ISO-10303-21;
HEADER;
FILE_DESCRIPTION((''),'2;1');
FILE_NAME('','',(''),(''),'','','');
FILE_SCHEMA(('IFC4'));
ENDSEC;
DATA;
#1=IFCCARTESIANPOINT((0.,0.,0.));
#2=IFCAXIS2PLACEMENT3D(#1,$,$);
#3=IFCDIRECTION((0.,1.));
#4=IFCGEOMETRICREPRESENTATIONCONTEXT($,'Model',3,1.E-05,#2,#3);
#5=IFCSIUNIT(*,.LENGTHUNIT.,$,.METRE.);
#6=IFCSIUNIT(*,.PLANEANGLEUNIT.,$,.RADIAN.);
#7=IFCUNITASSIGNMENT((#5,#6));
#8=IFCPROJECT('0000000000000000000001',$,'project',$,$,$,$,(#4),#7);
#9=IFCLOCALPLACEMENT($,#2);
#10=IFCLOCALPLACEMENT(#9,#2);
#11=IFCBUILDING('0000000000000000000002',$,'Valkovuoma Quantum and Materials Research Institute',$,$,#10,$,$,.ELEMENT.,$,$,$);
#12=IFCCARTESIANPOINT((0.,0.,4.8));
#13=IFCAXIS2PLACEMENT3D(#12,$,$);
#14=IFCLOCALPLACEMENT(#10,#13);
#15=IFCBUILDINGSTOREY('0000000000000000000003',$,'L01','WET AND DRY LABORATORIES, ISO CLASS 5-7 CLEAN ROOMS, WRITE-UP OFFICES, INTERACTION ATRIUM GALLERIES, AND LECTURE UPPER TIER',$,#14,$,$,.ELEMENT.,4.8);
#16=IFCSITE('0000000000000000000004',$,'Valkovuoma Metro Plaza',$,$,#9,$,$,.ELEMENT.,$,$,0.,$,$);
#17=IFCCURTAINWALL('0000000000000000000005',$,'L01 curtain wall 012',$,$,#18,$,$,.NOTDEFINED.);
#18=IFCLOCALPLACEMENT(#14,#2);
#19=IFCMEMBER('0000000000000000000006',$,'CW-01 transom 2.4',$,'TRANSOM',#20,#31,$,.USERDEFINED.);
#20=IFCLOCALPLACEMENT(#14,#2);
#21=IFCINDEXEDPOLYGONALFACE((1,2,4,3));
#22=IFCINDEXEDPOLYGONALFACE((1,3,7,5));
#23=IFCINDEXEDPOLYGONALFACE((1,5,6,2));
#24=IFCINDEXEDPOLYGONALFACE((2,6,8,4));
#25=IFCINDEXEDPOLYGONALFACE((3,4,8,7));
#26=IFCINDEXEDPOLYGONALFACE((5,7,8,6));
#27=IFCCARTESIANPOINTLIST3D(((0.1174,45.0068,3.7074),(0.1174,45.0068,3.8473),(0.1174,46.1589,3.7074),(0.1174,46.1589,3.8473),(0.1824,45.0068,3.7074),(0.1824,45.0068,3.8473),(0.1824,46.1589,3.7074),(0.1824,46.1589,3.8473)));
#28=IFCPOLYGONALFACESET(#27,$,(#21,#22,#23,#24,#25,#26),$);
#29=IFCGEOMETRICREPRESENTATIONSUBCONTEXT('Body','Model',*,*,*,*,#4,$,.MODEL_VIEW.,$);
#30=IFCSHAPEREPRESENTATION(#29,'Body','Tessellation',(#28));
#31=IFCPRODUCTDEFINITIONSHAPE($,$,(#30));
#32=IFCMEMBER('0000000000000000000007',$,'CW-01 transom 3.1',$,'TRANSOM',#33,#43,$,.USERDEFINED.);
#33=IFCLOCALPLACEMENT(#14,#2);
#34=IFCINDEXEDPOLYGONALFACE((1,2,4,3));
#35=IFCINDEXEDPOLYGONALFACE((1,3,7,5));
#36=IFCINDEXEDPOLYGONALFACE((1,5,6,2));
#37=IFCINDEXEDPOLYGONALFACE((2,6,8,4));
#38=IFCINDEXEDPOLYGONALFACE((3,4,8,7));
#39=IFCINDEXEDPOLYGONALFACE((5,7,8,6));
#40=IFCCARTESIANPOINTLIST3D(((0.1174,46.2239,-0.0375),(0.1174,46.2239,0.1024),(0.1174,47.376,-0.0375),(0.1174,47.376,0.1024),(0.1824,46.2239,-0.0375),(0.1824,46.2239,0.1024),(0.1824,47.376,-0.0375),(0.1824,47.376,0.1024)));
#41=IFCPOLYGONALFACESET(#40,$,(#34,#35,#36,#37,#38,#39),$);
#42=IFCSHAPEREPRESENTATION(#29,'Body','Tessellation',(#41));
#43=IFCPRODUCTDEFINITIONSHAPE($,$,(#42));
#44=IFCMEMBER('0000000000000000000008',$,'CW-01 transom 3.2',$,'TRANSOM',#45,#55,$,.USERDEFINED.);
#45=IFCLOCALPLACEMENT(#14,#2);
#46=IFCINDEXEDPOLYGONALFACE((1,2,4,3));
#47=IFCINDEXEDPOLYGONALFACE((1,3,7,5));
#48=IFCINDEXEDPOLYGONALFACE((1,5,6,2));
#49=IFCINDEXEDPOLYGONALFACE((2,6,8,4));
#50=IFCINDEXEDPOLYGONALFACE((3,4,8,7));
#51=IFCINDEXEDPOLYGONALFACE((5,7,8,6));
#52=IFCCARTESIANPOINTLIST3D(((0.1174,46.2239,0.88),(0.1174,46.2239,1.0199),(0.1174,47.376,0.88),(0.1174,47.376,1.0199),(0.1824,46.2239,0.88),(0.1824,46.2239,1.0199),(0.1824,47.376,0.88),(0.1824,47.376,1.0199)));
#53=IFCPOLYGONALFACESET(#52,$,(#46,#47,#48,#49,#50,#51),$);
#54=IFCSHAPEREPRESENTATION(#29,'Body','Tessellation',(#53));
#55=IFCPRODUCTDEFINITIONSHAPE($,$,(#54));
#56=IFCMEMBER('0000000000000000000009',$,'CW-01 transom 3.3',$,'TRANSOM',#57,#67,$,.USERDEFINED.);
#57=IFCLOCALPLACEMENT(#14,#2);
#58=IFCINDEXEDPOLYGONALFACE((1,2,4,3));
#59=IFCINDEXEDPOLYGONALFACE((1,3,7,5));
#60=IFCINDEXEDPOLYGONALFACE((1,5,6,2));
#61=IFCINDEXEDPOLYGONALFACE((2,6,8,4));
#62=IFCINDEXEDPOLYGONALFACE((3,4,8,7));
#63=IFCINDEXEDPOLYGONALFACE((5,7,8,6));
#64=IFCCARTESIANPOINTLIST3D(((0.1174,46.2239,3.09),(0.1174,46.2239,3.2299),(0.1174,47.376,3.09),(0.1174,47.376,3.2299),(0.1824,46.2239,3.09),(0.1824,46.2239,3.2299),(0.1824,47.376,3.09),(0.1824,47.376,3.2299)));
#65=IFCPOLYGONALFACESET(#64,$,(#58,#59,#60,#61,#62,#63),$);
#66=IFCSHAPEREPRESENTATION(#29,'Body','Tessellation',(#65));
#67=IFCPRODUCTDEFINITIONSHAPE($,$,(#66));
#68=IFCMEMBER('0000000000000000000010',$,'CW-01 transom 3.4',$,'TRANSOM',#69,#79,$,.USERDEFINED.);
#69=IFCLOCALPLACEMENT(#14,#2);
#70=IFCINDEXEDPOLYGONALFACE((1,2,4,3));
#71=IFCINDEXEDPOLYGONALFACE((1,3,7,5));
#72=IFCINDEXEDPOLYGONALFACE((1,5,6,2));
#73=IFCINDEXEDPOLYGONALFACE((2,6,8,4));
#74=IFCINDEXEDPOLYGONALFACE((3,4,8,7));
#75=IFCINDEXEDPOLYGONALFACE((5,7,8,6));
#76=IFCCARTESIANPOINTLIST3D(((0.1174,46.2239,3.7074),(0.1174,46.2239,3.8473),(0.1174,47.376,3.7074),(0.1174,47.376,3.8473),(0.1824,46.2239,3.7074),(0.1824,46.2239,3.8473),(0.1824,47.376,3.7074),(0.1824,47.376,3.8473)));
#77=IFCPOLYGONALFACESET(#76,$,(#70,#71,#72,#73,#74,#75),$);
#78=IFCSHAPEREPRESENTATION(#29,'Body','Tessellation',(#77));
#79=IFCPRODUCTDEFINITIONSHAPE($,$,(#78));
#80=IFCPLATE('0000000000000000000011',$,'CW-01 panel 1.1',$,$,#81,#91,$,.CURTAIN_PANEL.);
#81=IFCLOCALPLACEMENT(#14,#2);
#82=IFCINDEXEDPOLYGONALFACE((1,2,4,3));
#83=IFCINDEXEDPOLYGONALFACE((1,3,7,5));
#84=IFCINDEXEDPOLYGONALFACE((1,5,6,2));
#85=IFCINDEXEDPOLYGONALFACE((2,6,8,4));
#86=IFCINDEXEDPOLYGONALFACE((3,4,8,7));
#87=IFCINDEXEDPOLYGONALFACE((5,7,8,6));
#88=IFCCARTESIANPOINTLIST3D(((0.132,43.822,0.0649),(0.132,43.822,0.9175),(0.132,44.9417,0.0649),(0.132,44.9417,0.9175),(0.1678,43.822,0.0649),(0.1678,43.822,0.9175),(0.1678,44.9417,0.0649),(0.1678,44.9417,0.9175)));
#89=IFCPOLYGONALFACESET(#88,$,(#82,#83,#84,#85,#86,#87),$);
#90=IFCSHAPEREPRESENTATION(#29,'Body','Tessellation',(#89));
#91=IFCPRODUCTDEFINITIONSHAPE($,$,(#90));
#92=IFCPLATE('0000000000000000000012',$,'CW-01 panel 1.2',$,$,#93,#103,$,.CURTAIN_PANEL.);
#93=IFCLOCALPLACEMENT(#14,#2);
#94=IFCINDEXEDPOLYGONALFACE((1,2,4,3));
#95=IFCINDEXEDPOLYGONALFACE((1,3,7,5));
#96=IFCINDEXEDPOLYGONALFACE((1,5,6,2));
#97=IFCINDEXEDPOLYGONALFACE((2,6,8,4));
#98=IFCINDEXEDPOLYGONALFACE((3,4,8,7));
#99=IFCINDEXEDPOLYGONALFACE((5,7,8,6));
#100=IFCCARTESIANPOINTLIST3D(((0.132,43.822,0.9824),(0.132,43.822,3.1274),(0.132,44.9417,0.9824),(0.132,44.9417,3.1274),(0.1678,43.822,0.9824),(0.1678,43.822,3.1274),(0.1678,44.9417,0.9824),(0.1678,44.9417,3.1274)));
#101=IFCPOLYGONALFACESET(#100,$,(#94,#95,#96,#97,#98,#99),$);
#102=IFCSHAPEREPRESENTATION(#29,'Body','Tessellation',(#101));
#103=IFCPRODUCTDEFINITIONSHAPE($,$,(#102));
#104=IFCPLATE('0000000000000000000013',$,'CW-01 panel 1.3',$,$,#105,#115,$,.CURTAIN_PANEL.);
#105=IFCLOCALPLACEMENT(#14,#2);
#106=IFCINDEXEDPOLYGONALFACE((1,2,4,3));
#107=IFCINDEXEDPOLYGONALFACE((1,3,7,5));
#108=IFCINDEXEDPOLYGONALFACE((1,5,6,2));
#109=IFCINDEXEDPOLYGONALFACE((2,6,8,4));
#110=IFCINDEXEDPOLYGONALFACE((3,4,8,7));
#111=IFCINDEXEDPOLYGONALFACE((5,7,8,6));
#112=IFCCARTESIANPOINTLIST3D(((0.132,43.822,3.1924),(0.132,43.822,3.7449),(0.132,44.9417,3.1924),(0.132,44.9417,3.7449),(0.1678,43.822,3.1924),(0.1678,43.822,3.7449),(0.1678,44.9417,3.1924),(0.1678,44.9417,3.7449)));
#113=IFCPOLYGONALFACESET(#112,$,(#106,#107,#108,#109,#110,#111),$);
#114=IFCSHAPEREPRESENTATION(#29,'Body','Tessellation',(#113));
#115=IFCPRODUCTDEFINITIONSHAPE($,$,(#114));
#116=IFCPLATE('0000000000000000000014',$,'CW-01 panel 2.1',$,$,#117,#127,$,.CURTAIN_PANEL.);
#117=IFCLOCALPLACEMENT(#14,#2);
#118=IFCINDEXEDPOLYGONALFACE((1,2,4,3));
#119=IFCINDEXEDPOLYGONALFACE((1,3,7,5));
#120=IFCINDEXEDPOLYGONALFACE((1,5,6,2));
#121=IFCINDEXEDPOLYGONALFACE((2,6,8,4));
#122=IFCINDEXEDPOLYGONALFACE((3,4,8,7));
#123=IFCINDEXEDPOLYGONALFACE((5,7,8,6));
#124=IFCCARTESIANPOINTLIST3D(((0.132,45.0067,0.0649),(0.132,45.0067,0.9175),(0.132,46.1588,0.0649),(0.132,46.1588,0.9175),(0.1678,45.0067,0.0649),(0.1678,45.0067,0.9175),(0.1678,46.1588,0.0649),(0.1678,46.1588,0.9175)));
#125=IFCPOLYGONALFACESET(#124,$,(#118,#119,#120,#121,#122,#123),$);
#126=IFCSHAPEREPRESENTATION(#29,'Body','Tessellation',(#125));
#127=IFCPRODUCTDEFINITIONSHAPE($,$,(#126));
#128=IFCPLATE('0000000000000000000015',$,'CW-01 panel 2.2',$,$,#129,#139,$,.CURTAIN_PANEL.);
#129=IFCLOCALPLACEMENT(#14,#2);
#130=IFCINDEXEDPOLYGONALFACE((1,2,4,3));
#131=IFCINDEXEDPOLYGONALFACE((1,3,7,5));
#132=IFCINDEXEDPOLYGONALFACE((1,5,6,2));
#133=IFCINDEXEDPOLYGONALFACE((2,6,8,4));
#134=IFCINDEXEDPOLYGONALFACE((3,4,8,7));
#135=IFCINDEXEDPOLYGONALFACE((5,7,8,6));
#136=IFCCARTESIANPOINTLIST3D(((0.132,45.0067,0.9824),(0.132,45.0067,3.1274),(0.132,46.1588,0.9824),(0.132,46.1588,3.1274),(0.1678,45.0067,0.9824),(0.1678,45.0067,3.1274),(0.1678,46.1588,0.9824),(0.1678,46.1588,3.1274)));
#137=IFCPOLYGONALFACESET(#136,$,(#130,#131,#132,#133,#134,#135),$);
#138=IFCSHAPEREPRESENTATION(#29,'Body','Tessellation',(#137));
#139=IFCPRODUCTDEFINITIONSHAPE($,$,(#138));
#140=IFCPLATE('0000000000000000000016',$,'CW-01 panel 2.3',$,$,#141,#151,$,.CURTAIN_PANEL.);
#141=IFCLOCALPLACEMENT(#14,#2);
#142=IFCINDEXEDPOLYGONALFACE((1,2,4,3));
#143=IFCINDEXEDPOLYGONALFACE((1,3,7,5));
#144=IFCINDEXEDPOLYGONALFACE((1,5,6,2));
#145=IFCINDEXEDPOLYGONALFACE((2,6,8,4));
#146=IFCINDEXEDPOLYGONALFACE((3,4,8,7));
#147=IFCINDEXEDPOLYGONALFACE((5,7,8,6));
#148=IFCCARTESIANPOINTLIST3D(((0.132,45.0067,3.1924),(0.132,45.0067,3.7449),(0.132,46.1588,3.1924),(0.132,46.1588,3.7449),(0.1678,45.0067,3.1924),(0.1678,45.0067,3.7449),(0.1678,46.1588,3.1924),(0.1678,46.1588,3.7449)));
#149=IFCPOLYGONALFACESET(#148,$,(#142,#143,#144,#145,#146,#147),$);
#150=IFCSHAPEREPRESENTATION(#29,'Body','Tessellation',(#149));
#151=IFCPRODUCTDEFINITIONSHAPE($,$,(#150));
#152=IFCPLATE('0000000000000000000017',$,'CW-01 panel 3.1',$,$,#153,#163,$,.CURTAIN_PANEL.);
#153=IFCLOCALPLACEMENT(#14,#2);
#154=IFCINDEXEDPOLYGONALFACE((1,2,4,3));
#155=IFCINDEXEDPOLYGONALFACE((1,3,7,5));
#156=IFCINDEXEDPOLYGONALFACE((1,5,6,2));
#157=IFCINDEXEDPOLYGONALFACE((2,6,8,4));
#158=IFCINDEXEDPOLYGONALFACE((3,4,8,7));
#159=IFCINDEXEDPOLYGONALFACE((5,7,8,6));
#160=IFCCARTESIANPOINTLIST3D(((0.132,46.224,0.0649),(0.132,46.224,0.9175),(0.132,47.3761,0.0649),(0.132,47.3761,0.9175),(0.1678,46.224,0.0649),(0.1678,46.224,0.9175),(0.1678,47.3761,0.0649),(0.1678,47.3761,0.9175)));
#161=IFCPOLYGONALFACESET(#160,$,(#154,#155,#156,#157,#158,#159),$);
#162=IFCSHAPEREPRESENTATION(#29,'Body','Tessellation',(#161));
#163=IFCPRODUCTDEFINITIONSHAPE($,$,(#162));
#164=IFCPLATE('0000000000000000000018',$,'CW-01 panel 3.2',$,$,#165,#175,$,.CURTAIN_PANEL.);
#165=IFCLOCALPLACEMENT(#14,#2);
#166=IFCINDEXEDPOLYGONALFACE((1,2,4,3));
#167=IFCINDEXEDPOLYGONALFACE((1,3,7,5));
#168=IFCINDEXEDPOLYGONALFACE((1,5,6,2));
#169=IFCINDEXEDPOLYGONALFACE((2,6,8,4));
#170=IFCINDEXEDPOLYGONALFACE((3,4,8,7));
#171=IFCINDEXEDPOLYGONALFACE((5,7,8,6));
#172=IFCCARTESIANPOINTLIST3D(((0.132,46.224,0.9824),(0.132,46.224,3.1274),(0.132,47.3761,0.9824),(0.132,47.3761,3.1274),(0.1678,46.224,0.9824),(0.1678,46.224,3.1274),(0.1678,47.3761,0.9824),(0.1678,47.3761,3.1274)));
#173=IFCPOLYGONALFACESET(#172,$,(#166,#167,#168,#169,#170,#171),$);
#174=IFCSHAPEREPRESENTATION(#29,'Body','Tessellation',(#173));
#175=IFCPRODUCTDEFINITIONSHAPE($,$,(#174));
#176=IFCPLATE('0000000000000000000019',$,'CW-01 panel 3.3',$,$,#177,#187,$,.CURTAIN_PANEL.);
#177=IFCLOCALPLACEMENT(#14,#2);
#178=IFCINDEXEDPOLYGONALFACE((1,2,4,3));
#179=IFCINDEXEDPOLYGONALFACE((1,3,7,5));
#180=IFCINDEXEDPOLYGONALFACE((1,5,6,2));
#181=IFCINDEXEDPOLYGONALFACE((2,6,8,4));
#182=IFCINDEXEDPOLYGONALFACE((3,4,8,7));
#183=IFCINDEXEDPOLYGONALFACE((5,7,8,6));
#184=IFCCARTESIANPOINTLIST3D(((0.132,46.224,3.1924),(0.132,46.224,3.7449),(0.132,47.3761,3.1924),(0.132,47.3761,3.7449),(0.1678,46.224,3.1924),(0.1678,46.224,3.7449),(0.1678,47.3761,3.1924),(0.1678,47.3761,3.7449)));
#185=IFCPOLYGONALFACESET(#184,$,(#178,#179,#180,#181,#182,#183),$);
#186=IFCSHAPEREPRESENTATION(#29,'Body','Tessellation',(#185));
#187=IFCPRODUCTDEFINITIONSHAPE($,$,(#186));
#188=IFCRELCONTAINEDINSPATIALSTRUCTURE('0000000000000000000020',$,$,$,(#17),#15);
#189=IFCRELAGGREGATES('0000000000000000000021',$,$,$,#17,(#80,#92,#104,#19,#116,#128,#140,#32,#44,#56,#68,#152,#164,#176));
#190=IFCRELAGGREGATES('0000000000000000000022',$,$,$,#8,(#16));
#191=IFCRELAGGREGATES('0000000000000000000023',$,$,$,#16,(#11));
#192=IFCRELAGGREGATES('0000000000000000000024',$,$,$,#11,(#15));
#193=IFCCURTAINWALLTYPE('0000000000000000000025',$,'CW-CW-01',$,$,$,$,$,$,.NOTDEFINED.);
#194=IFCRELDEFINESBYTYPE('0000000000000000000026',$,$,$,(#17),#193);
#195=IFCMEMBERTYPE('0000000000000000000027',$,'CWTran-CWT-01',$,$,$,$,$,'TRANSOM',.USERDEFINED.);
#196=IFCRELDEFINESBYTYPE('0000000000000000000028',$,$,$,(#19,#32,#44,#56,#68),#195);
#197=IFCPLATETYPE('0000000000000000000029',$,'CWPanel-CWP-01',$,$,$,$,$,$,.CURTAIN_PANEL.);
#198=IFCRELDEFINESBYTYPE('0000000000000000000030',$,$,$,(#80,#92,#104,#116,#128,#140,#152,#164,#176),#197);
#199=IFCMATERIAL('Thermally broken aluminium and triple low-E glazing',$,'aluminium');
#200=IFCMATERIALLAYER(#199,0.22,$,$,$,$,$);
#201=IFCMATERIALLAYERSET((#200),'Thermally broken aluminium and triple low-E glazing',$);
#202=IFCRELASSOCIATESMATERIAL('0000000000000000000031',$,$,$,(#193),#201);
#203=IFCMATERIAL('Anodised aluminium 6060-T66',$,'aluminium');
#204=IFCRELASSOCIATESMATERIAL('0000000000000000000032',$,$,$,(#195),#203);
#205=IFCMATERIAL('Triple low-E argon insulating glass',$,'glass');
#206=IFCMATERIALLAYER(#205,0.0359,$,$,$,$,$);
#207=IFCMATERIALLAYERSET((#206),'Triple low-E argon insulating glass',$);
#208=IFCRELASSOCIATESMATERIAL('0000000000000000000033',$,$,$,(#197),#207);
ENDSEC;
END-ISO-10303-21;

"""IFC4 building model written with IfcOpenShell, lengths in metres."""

from ifc_helpers import new_model, si_unit, direction, frame, origin, origin_2d, place, context, subcontext, project, spatial, rectangle, extrude, material, layer, layer_set, material_profile, profile_set, type_object, element, aggregate, save


model = new_model("IFC4")

# Units and contexts
model_context = context("Model", 3, precision=1e-05, world=origin(), true_north=direction((0.0, 1.0)))
body_context = subcontext(model_context, "Body", "Model", "MODEL_VIEW")
ifc_project = project(units=[si_unit("LENGTHUNIT", "METRE"), si_unit("PLANEANGLEUNIT", "RADIAN")], contexts=[model_context])

# Site, building, storey
site_placement = place(None, origin())
site = spatial("IfcSite", under=ifc_project, at=site_placement, Name="Valkovuoma Metro Plaza", CompositionType="ELEMENT", RefElevation=0.0)
building_placement = place(site_placement, origin())
building = spatial("IfcBuilding", under=site, at=building_placement, Name="Valkovuoma Quantum and Materials Research Institute", CompositionType="ELEMENT")
storey_placement = place(building_placement, frame((0.0, 0.0, 4.8)))
storey = spatial("IfcBuildingStorey", under=building, at=storey_placement, Name="L01", Description="WET AND DRY LABORATORIES, ISO CLASS 5-7 CLEAN ROOMS, WRITE-UP OFFICES, INTERACTION ATRIUM GALLERIES, AND LECTURE UPPER TIER", CompositionType="ELEMENT", Elevation=4.8)

# Shared definitions
ifc_material_1 = material(Name="Thermally broken aluminium and triple low-E glazing", Category="aluminium")
ifc_layer_1 = layer(ifc_material_1, 0.22)
ifc_layer_set_1 = layer_set([ifc_layer_1], Name="Thermally broken aluminium and triple low-E glazing")
curtain_wall_type = type_object("IfcCurtainWallType", Name="CW-CW-01", PredefinedType="NOTDEFINED", material=ifc_layer_set_1)

# Curtain wall, members, plates
curtain_wall_1_placement = place(storey_placement, origin())
curtain_wall_1 = element("IfcCurtainWall", 1, at=curtain_wall_1_placement, inside=storey, type_object=curtain_wall_type, Name="L01 curtain wall 012", PredefinedType="NOTDEFINED")
ifc_material_2 = material(Name="Anodised aluminium 6060-T66", Category="aluminium")
ifc_material_profile_1 = material_profile(ifc_material_2, rectangle(XDim=0.0649, YDim=0.1399, at=origin_2d()), Name="Anodised aluminium 6060-T66")
ifc_profile_set_1 = profile_set([ifc_material_profile_1], Name="Anodised aluminium 6060-T66")
member_type_1 = type_object("IfcMemberType", Name="CWTran-CWT-01", ElementType="TRANSOM", PredefinedType="USERDEFINED", material=ifc_profile_set_1)
member_1_placement = place(storey_placement, frame((0.1499, 45.0068, 3.7773), z_axis=(0.0, 1.0, 0.0), x_axis=(-1.0, 0.0, 0.0)))
member_1 = element("IfcMember", 2, at=member_1_placement, type_object=member_type_1, Name="CW-01 transom 2.4", ObjectType="TRANSOM", PredefinedType="USERDEFINED", context=body_context, shape_type="SweptSolid", body=[
    extrude(rectangle(XDim=0.0649, YDim=0.1399, at=origin_2d()), origin(), (0.0, 0.0, 1.0), 1.1521),
])
member_2_placement = place(storey_placement, frame((0.1499, 46.2239, 0.0325), z_axis=(0.0, 1.0, 0.0), x_axis=(-1.0, 0.0, 0.0)))
member_2 = element("IfcMember", 3, at=member_2_placement, type_object=member_type_1, Name="CW-01 transom 3.1", ObjectType="TRANSOM", PredefinedType="USERDEFINED", context=body_context, shape_type="SweptSolid", body=[
    extrude(rectangle(XDim=0.0649, YDim=0.1399, at=origin_2d()), origin(), (0.0, 0.0, 1.0), 1.1521),
])
member_3_placement = place(storey_placement, frame((0.1499, 46.2239, 0.95), z_axis=(0.0, 1.0, 0.0), x_axis=(-1.0, 0.0, 0.0)))
member_3 = element("IfcMember", 4, at=member_3_placement, type_object=member_type_1, Name="CW-01 transom 3.2", ObjectType="TRANSOM", PredefinedType="USERDEFINED", context=body_context, shape_type="SweptSolid", body=[
    extrude(rectangle(XDim=0.0649, YDim=0.1399, at=origin_2d()), origin(), (0.0, 0.0, 1.0), 1.1521),
])
member_4_placement = place(storey_placement, frame((0.1499, 46.2239, 3.1599), z_axis=(0.0, 1.0, 0.0), x_axis=(-1.0, 0.0, 0.0)))
member_4 = element("IfcMember", 5, at=member_4_placement, type_object=member_type_1, Name="CW-01 transom 3.3", ObjectType="TRANSOM", PredefinedType="USERDEFINED", context=body_context, shape_type="SweptSolid", body=[
    extrude(rectangle(XDim=0.0649, YDim=0.1399, at=origin_2d()), origin(), (0.0, 0.0, 1.0), 1.1521),
])
member_5_placement = place(storey_placement, frame((0.1499, 46.2239, 3.7773), z_axis=(0.0, 1.0, 0.0), x_axis=(-1.0, 0.0, 0.0)))
member_5 = element("IfcMember", 6, at=member_5_placement, type_object=member_type_1, Name="CW-01 transom 3.4", ObjectType="TRANSOM", PredefinedType="USERDEFINED", context=body_context, shape_type="SweptSolid", body=[
    extrude(rectangle(XDim=0.0649, YDim=0.1399, at=origin_2d()), origin(), (0.0, 0.0, 1.0), 1.1521),
])
ifc_material_3 = material(Name="Triple low-E argon insulating glass", Category="glass")
ifc_layer_2 = layer(ifc_material_3, 0.0359)
ifc_layer_set_2 = layer_set([ifc_layer_2], Name="Triple low-E argon insulating glass")
plate_type = type_object("IfcPlateType", Name="CWPanel-CWP-01", PredefinedType="CURTAIN_PANEL", material=ifc_layer_set_2)
plate_1_placement = place(storey_placement, frame((0.1499, 44.3818, 0.0649), z_axis=(0.0, 0.0, 1.0), x_axis=(0.0, 1.0, 0.0)))
plate_1 = element("IfcPlate", 7, at=plate_1_placement, type_object=plate_type, Name="CW-01 panel 1.1", PredefinedType="CURTAIN_PANEL", context=body_context, shape_type="SweptSolid", body=[
    extrude(rectangle(XDim=1.1196, YDim=0.0359, at=origin_2d()), origin(), (0.0, 0.0, 1.0), 0.8525),
])
plate_2_placement = place(storey_placement, frame((0.1499, 44.3818, 0.9824), z_axis=(0.0, 0.0, 1.0), x_axis=(0.0, 1.0, 0.0)))
plate_2 = element("IfcPlate", 8, at=plate_2_placement, type_object=plate_type, Name="CW-01 panel 1.2", PredefinedType="CURTAIN_PANEL", context=body_context, shape_type="SweptSolid", body=[
    extrude(rectangle(XDim=1.1196, YDim=0.0359, at=origin_2d()), origin(), (0.0, 0.0, 1.0), 2.145),
])
plate_3_placement = place(storey_placement, frame((0.1499, 44.3818, 3.1924), z_axis=(0.0, 0.0, 1.0), x_axis=(0.0, 1.0, 0.0)))
plate_3 = element("IfcPlate", 9, at=plate_3_placement, type_object=plate_type, Name="CW-01 panel 1.3", PredefinedType="CURTAIN_PANEL", context=body_context, shape_type="SweptSolid", body=[
    extrude(rectangle(XDim=1.1196, YDim=0.0359, at=origin_2d()), origin(), (0.0, 0.0, 1.0), 0.5525),
])
plate_4_placement = place(storey_placement, frame((0.1499, 45.5828, 0.0649), z_axis=(0.0, 0.0, 1.0), x_axis=(0.0, 1.0, 0.0)))
plate_4 = element("IfcPlate", 10, at=plate_4_placement, type_object=plate_type, Name="CW-01 panel 2.1", PredefinedType="CURTAIN_PANEL", context=body_context, shape_type="SweptSolid", body=[
    extrude(rectangle(XDim=1.1521, YDim=0.0359, at=origin_2d()), origin(), (0.0, 0.0, 1.0), 0.8525),
])
plate_5_placement = place(storey_placement, frame((0.1499, 45.5828, 0.9824), z_axis=(0.0, 0.0, 1.0), x_axis=(0.0, 1.0, 0.0)))
plate_5 = element("IfcPlate", 11, at=plate_5_placement, type_object=plate_type, Name="CW-01 panel 2.2", PredefinedType="CURTAIN_PANEL", context=body_context, shape_type="SweptSolid", body=[
    extrude(rectangle(XDim=1.1521, YDim=0.0359, at=origin_2d()), origin(), (0.0, 0.0, 1.0), 2.145),
])
plate_6_placement = place(storey_placement, frame((0.1499, 45.5828, 3.1924), z_axis=(0.0, 0.0, 1.0), x_axis=(0.0, 1.0, 0.0)))
plate_6 = element("IfcPlate", 12, at=plate_6_placement, type_object=plate_type, Name="CW-01 panel 2.3", PredefinedType="CURTAIN_PANEL", context=body_context, shape_type="SweptSolid", body=[
    extrude(rectangle(XDim=1.1521, YDim=0.0359, at=origin_2d()), origin(), (0.0, 0.0, 1.0), 0.5525),
])
plate_7_placement = place(storey_placement, frame((0.1499, 46.8, 0.0649), z_axis=(0.0, 0.0, 1.0), x_axis=(0.0, 1.0, 0.0)))
plate_7 = element("IfcPlate", 13, at=plate_7_placement, type_object=plate_type, Name="CW-01 panel 3.1", PredefinedType="CURTAIN_PANEL", context=body_context, shape_type="SweptSolid", body=[
    extrude(rectangle(XDim=1.1521, YDim=0.0359, at=origin_2d()), origin(), (0.0, 0.0, 1.0), 0.8525),
])
plate_8_placement = place(storey_placement, frame((0.1499, 46.8, 0.9824), z_axis=(0.0, 0.0, 1.0), x_axis=(0.0, 1.0, 0.0)))
plate_8 = element("IfcPlate", 14, at=plate_8_placement, type_object=plate_type, Name="CW-01 panel 3.2", PredefinedType="CURTAIN_PANEL", context=body_context, shape_type="SweptSolid", body=[
    extrude(rectangle(XDim=1.1521, YDim=0.0359, at=origin_2d()), origin(), (0.0, 0.0, 1.0), 2.145),
])
plate_9_placement = place(storey_placement, frame((0.1499, 46.8, 3.1924), z_axis=(0.0, 0.0, 1.0), x_axis=(0.0, 1.0, 0.0)))
plate_9 = element("IfcPlate", 15, at=plate_9_placement, type_object=plate_type, Name="CW-01 panel 3.3", PredefinedType="CURTAIN_PANEL", context=body_context, shape_type="SweptSolid", body=[
    extrude(rectangle(XDim=1.1521, YDim=0.0359, at=origin_2d()), origin(), (0.0, 0.0, 1.0), 0.5525),
])
aggregate(curtain_wall_1, [plate_1, plate_2, plate_3, member_1, plate_4, plate_5, plate_6, member_2, member_3, member_4, member_5, plate_7, plate_8, plate_9])

save(model, "model.ifc")
